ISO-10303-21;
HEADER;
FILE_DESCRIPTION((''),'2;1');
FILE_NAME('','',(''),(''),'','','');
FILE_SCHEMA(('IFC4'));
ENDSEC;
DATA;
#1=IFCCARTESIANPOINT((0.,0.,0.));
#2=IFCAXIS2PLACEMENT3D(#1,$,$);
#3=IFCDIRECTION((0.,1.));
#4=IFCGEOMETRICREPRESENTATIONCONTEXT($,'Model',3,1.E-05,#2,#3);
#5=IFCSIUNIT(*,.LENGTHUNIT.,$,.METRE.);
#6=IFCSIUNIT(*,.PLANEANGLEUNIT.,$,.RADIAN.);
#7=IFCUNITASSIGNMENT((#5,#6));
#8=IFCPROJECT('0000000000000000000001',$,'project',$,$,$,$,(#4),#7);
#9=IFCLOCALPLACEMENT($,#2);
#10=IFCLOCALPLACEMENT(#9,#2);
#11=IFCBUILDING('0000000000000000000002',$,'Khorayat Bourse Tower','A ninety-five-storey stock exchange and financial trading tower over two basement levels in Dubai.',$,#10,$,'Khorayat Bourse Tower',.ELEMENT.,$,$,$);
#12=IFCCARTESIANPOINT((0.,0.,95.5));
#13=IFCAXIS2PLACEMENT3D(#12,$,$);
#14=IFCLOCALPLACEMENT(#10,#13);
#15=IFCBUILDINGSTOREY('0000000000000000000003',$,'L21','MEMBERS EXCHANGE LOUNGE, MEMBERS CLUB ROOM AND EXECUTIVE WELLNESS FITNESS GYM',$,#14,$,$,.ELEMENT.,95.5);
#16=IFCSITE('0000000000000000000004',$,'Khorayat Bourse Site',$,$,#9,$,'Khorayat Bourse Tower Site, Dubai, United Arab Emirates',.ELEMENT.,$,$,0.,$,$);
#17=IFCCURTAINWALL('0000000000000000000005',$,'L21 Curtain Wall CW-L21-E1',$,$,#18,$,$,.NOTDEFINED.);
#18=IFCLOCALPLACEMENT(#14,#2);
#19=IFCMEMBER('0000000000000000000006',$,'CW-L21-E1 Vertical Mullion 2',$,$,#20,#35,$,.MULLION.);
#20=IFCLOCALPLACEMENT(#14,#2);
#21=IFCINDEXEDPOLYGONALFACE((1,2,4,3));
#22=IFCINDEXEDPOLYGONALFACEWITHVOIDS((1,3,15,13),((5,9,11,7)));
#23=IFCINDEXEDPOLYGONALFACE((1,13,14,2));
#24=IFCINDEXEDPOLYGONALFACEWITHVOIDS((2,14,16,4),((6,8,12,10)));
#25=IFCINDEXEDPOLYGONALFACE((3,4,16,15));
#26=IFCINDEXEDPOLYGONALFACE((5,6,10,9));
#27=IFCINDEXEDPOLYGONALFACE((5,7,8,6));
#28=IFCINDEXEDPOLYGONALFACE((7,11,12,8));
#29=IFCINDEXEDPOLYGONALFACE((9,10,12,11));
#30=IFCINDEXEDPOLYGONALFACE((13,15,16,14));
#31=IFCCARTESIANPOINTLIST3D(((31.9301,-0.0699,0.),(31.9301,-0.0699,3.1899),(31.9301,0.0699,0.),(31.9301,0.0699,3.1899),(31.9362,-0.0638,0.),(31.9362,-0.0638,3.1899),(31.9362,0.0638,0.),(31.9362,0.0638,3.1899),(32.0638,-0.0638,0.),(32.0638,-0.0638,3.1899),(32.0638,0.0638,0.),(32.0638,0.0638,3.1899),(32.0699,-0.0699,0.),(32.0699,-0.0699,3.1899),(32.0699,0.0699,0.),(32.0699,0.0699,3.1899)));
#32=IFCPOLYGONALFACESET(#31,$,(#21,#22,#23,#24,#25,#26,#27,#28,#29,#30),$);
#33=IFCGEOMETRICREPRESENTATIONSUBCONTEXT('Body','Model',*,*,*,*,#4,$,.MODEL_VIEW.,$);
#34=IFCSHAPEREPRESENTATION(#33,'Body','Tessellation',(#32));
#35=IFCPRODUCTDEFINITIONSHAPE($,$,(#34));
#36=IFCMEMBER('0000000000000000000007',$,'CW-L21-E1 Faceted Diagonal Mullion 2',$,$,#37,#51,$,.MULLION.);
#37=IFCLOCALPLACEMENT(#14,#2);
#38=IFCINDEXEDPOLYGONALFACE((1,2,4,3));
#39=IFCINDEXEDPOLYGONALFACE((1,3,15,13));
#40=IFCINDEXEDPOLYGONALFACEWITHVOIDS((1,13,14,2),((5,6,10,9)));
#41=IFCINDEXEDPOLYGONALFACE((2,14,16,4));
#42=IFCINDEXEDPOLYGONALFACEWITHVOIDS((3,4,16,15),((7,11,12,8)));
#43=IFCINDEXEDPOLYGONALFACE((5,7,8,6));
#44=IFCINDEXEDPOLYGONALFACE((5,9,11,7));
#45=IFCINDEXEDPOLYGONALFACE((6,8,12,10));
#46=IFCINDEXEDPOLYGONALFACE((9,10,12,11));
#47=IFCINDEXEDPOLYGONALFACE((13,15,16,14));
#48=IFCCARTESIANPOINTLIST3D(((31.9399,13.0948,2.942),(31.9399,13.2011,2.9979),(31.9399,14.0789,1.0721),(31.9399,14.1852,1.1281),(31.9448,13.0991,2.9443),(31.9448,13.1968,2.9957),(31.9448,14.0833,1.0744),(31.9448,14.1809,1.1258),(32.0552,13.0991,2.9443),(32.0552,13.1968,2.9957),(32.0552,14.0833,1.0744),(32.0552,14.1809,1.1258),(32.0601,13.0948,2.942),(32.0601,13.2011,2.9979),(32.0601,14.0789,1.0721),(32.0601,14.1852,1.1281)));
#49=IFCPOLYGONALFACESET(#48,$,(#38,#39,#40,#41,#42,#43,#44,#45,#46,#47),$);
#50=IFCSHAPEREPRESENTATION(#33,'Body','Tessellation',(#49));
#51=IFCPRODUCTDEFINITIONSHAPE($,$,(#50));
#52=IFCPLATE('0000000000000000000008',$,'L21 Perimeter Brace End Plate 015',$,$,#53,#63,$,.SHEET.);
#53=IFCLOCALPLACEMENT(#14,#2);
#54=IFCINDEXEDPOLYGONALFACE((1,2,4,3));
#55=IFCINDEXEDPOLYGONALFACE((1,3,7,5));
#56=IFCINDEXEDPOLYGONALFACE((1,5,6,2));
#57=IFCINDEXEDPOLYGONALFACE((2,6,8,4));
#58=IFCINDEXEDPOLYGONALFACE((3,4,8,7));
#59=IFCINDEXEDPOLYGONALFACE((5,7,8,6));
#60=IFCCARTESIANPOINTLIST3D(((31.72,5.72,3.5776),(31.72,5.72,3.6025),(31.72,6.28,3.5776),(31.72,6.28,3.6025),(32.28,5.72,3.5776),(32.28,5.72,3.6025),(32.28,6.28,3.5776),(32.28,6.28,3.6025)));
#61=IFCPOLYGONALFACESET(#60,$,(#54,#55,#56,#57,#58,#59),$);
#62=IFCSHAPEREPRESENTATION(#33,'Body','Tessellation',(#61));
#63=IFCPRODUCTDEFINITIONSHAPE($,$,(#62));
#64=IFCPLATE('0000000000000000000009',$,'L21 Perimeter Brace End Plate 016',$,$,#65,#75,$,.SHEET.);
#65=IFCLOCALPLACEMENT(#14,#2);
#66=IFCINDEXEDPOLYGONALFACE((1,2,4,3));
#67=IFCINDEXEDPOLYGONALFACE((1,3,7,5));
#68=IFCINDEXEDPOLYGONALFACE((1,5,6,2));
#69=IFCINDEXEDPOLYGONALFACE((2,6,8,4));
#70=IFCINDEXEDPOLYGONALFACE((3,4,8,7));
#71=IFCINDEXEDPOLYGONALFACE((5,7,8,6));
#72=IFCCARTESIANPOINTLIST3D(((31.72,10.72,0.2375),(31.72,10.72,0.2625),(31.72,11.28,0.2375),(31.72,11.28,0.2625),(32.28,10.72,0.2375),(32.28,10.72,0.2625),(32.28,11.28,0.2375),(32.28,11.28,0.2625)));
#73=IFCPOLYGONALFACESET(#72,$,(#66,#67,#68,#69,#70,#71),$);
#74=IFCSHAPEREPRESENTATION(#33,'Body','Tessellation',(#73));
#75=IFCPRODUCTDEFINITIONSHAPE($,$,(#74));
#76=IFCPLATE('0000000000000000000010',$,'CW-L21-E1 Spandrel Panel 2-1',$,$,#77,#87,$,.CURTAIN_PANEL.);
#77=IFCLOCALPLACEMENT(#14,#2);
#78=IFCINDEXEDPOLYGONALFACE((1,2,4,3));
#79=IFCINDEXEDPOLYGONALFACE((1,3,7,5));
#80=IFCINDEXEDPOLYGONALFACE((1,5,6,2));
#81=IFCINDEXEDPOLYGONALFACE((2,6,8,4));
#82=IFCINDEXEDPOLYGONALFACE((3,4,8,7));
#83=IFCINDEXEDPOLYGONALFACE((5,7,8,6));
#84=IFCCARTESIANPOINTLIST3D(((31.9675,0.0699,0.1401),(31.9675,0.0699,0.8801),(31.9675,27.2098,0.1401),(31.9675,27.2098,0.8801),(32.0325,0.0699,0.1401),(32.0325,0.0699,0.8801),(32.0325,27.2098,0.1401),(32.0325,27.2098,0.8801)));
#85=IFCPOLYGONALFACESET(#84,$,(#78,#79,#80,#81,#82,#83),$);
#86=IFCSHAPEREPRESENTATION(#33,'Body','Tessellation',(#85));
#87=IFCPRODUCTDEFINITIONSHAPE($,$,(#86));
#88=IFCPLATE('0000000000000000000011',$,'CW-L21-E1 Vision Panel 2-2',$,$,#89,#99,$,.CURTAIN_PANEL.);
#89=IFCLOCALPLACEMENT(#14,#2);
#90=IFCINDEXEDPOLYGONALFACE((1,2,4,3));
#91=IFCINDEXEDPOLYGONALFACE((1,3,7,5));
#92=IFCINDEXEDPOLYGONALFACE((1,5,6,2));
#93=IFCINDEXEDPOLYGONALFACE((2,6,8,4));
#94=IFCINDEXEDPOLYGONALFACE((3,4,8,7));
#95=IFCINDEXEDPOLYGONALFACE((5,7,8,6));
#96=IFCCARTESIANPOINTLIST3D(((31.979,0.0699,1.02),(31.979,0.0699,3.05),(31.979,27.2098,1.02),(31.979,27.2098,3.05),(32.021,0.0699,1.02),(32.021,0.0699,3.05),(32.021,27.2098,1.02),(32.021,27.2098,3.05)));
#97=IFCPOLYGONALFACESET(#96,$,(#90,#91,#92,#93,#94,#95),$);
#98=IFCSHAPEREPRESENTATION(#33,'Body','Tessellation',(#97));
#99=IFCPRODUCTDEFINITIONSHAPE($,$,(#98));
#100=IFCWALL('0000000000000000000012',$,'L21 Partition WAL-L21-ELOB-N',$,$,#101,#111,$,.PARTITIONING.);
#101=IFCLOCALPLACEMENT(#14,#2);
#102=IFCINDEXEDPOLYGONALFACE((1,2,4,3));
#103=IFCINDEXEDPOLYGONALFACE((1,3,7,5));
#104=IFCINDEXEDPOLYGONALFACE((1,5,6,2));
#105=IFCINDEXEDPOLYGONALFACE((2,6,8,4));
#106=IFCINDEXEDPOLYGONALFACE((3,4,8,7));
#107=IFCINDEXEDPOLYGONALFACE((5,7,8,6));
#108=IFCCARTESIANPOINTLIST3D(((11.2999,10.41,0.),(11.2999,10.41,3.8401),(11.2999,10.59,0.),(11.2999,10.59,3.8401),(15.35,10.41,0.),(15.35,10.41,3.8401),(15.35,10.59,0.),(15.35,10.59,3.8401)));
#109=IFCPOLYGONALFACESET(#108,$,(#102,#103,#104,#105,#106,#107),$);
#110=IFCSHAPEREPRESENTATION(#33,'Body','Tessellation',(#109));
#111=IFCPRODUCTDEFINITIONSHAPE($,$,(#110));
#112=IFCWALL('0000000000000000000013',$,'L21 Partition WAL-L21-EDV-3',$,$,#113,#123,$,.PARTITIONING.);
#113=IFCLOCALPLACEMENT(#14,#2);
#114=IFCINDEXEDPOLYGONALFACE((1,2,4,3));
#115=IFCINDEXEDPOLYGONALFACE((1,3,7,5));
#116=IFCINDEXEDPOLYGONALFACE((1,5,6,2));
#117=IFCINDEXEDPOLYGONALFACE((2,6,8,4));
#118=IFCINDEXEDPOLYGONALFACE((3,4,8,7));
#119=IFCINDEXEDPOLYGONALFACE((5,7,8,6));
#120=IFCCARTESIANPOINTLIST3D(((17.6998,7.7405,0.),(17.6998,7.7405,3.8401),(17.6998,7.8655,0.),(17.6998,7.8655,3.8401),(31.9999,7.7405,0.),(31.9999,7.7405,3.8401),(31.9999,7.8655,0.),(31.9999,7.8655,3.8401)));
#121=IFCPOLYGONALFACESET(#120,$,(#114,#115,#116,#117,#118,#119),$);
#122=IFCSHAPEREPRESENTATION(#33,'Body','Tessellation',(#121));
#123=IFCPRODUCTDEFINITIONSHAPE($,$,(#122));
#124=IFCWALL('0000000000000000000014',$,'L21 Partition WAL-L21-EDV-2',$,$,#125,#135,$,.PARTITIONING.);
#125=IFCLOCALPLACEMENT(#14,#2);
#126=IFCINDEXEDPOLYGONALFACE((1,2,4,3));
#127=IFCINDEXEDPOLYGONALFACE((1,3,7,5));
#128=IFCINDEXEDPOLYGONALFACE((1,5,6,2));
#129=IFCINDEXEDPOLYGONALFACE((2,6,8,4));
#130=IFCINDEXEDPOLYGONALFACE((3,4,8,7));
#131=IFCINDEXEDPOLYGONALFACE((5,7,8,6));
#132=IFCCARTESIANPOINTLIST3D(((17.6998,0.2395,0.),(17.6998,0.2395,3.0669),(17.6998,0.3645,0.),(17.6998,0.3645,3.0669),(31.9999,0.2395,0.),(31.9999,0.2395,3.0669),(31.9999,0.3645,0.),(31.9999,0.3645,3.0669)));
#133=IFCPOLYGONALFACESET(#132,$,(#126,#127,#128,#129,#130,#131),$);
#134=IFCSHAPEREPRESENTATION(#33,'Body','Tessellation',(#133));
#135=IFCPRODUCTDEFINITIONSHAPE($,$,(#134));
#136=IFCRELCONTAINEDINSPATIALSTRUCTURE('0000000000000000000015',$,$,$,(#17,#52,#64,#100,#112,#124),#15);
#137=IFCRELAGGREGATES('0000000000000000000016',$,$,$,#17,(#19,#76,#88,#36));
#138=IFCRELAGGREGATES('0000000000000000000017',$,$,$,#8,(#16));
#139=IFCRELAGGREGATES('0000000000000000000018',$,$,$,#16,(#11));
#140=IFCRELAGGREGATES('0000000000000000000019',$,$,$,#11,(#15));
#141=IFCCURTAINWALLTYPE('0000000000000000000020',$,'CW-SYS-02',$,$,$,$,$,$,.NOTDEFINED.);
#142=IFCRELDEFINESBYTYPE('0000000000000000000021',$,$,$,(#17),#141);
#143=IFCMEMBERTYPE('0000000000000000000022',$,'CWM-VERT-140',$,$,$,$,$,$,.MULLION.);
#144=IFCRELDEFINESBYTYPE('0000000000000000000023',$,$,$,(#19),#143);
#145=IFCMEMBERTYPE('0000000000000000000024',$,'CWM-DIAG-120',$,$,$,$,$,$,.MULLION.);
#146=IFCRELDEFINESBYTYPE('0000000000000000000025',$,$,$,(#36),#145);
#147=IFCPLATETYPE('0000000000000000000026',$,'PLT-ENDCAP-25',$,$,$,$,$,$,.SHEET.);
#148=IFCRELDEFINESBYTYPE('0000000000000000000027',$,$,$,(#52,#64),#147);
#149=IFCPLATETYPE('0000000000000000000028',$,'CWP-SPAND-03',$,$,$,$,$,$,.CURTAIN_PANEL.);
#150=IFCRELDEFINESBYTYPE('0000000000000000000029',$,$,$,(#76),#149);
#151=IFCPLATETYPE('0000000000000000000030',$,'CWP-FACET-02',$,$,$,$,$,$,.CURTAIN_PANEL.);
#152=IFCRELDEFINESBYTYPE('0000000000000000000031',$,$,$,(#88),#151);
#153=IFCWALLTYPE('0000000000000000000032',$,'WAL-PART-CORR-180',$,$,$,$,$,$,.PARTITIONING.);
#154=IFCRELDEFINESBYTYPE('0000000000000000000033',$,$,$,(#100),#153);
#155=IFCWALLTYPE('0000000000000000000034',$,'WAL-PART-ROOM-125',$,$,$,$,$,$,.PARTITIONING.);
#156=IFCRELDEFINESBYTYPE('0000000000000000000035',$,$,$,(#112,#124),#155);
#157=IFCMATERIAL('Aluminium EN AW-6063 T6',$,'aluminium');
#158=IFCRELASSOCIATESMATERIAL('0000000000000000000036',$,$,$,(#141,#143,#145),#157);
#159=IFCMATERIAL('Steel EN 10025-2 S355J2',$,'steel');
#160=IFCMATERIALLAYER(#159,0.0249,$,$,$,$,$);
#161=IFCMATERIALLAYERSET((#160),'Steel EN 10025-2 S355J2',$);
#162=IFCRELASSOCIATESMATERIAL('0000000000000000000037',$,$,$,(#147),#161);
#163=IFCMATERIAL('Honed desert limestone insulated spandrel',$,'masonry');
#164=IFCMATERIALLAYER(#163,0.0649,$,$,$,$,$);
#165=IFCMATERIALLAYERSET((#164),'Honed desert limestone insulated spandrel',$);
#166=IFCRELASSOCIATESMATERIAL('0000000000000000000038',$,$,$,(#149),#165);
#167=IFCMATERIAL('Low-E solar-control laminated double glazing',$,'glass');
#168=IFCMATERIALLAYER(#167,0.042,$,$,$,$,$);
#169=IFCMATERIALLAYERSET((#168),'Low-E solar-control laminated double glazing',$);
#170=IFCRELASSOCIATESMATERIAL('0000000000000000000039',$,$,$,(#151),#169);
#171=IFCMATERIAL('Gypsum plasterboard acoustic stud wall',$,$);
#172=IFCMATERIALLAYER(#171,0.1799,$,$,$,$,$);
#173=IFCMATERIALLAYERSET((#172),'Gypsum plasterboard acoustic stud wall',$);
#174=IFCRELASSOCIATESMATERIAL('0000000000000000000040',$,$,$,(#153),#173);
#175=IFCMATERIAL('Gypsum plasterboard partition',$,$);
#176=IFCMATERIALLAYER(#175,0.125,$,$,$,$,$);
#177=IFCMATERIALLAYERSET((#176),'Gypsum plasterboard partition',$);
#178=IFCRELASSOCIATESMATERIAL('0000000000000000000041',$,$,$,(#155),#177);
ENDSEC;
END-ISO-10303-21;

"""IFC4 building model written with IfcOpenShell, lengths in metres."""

from ifc_helpers import new_model, si_unit, direction, frame, frame_2d, origin, origin_2d, place, context, subcontext, project, spatial, rectangle, hollow_rectangle, extrude, source, transform, mapped, material, layer, layer_set, material_profile, profile_set, type_object, element, aggregate, save


model = new_model("IFC4")

# Units and contexts
model_context = context("Model", 3, precision=1e-05, world=origin(), true_north=direction((0.0, 1.0)))
body_context = subcontext(model_context, "Body", "Model", "MODEL_VIEW")
ifc_project = project(units=[si_unit("LENGTHUNIT", "METRE"), si_unit("PLANEANGLEUNIT", "RADIAN")], contexts=[model_context])

# Site, building, storey
site_placement = place(None, origin())
site = spatial("IfcSite", under=ifc_project, at=site_placement, Name="Khorayat Bourse Site", LongName="Khorayat Bourse Tower Site, Dubai, United Arab Emirates", CompositionType="ELEMENT", RefElevation=0.0)
building_placement = place(site_placement, origin())
building = spatial("IfcBuilding", under=site, at=building_placement, Name="Khorayat Bourse Tower", Description="A ninety-five-storey stock exchange and financial trading tower over two basement levels in Dubai.", LongName="Khorayat Bourse Tower", CompositionType="ELEMENT")
storey_placement = place(building_placement, frame((0.0, 0.0, 95.5)))
storey = spatial("IfcBuildingStorey", under=building, at=storey_placement, Name="L21", Description="MEMBERS EXCHANGE LOUNGE, MEMBERS CLUB ROOM AND EXECUTIVE WELLNESS FITNESS GYM", CompositionType="ELEMENT", Elevation=95.5)

# Curtain wall, members
ifc_material_1 = material(Name="Aluminium EN AW-6063 T6", Category="aluminium")
curtain_wall_type = type_object("IfcCurtainWallType", Name="CW-SYS-02", PredefinedType="NOTDEFINED", material=ifc_material_1)
curtain_wall_placement = place(storey_placement, origin())
curtain_wall = element("IfcCurtainWall", 1, at=curtain_wall_placement, inside=storey, type_object=curtain_wall_type, Name="L21 Curtain Wall CW-L21-E1", PredefinedType="NOTDEFINED")
ifc_material_profile_1 = material_profile(ifc_material_1, hollow_rectangle(XDim=0.1399, YDim=0.1399, WallThickness=0.0061, at=origin_2d()), Name="ALU 140x140x6")
ifc_profile_set_1 = profile_set([ifc_material_profile_1], Name="Aluminium EN AW-6063 T6")
member_type_1 = type_object("IfcMemberType", Name="CWM-VERT-140", PredefinedType="MULLION", material=ifc_profile_set_1)
shared_shape_1 = source(origin(), body_context, "Body", "SweptSolid", [
    extrude(hollow_rectangle(XDim=0.1399, YDim=0.1399, WallThickness=0.0061, at=origin_2d()), origin(), (0.0, 0.0, 1.0), 3.1899),
])
member_1_placement = place(storey_placement, frame((32.0, 0.0, 0.0), z_axis=(0.0, 0.0, 1.0), x_axis=(-1.0, 0.0, 0.0)))
member_1 = element("IfcMember", 2, at=member_1_placement, type_object=member_type_1, Name="CW-L21-E1 Vertical Mullion 2", PredefinedType="MULLION", context=body_context, shape_type="MappedRepresentation", body=[
    mapped(shared_shape_1, transform((0.0, 0.0, 0.0), scale=1.0)),
])
ifc_material_profile_2 = material_profile(ifc_material_1, hollow_rectangle(XDim=0.1201, YDim=0.1201, WallThickness=0.0049, at=origin_2d()), Name="ALU 120x120x5")
ifc_profile_set_2 = profile_set([ifc_material_profile_2], Name="Aluminium EN AW-6063 T6")
member_type_2 = type_object("IfcMemberType", Name="CWM-DIAG-120", PredefinedType="MULLION", material=ifc_profile_set_2)
shared_shape_2 = source(origin(), body_context, "Body", "SweptSolid", [
    extrude(hollow_rectangle(XDim=0.1201, YDim=0.1201, WallThickness=0.0049, at=origin_2d()), origin(), (0.0, 0.0, 1.0), 2.113),
])
member_2_placement = place(storey_placement, frame((32.0, 14.1321, 1.1001), z_axis=(0.0, -0.465742, 0.884921), x_axis=(1.0, 0.0, 0.0)))
member_2 = element("IfcMember", 3, at=member_2_placement, type_object=member_type_2, Name="CW-L21-E1 Faceted Diagonal Mullion 2", PredefinedType="MULLION", context=body_context, shape_type="MappedRepresentation", body=[
    mapped(shared_shape_2, transform((0.0, 0.0, 0.0), scale=1.0)),
])

# Plates
ifc_material_2 = material(Name="Steel EN 10025-2 S355J2", Category="steel")
ifc_layer_1 = layer(ifc_material_2, 0.0249)
ifc_layer_set_1 = layer_set([ifc_layer_1], Name="Steel EN 10025-2 S355J2")
plate_type_1 = type_object("IfcPlateType", Name="PLT-ENDCAP-25", PredefinedType="SHEET", material=ifc_layer_set_1)
shared_shape_3 = source(origin(), body_context, "Body", "SweptSolid", [
    extrude(rectangle(XDim=0.5601, YDim=0.5601, at=origin_2d()), origin(), (0.0, 0.0, 1.0), 0.0249),
])
for number, where, z_axis, x_axis, name in (
    (4, (32.0, 6.0, 3.5776), (0.0, 0.0, 1.0), (1.0, 0.0, 0.0), "L21 Perimeter Brace End Plate 015"),
    (5, (32.0, 11.0, 0.2375), (0.0, 0.0, 1.0), (1.0, 0.0, 0.0), "L21 Perimeter Brace End Plate 016"),
):
    element("IfcPlate", number, at=place(storey_placement, frame(where, z_axis=z_axis, x_axis=x_axis)), inside=storey, type_object=plate_type_1, Name=name, PredefinedType="SHEET", context=body_context, shape_type="MappedRepresentation", body=[
        mapped(shared_shape_3, transform((0.0, 0.0, 0.0), scale=1.0)),
    ])

# Plates
ifc_material_3 = material(Name="Honed desert limestone insulated spandrel", Category="masonry")
ifc_layer_2 = layer(ifc_material_3, 0.0649)
ifc_layer_set_2 = layer_set([ifc_layer_2], Name="Honed desert limestone insulated spandrel")
plate_type_2 = type_object("IfcPlateType", Name="CWP-SPAND-03", PredefinedType="CURTAIN_PANEL", material=ifc_layer_set_2)
shared_shape_4 = source(origin(), body_context, "Body", "SweptSolid", [
    extrude(rectangle(XDim=27.1399, YDim=0.0649, at=origin_2d()), origin(), (0.0, 0.0, 1.0), 0.74),
])
plate_1_placement = place(storey_placement, frame((32.0, 13.6399, 0.1401), z_axis=(0.0, 0.0, 1.0), x_axis=(0.0, 1.0, 0.0)))
plate_1 = element("IfcPlate", 6, at=plate_1_placement, type_object=plate_type_2, Name="CW-L21-E1 Spandrel Panel 2-1", PredefinedType="CURTAIN_PANEL", context=body_context, shape_type="MappedRepresentation", body=[
    mapped(shared_shape_4, transform((0.0, 0.0, 0.0), scale=1.0)),
])
ifc_material_4 = material(Name="Low-E solar-control laminated double glazing", Category="glass")
ifc_layer_3 = layer(ifc_material_4, 0.042)
ifc_layer_set_3 = layer_set([ifc_layer_3], Name="Low-E solar-control laminated double glazing")
plate_type_3 = type_object("IfcPlateType", Name="CWP-FACET-02", PredefinedType="CURTAIN_PANEL", material=ifc_layer_set_3)
shared_shape_5 = source(origin(), body_context, "Body", "SweptSolid", [
    extrude(rectangle(XDim=27.1399, YDim=0.042, at=origin_2d()), origin(), (0.0, 0.0, 1.0), 2.03),
])
plate_2_placement = place(storey_placement, frame((32.0, 13.6399, 1.02), z_axis=(0.0, 0.0, 1.0), x_axis=(0.0, 1.0, 0.0)))
plate_2 = element("IfcPlate", 7, at=plate_2_placement, type_object=plate_type_3, Name="CW-L21-E1 Vision Panel 2-2", PredefinedType="CURTAIN_PANEL", context=body_context, shape_type="MappedRepresentation", body=[
    mapped(shared_shape_5, transform((0.0, 0.0, 0.0), scale=1.0)),
])
aggregate(curtain_wall, [member_1, plate_1, plate_2, member_2])

# Walls
ifc_material_5 = material(Name="Gypsum plasterboard acoustic stud wall")
ifc_layer_4 = layer(ifc_material_5, 0.1799)
ifc_layer_set_4 = layer_set([ifc_layer_4], Name="Gypsum plasterboard acoustic stud wall")
wall_type_1 = type_object("IfcWallType", Name="WAL-PART-CORR-180", PredefinedType="PARTITIONING", material=ifc_layer_set_4)
shared_shape_6 = source(origin(), body_context, "Body", "SweptSolid", [
    extrude(rectangle(XDim=4.05, YDim=0.1799, at=frame_2d((2.0249, 0.0))), origin(), (0.0, 0.0, 1.0), 3.8401),
])
wall_1_placement = place(storey_placement, frame((11.3, 10.5, 0.0), z_axis=(0.0, 0.0, 1.0), x_axis=(1.0, 0.0, 0.0)))
element("IfcWall", 8, at=wall_1_placement, inside=storey, type_object=wall_type_1, Name="L21 Partition WAL-L21-ELOB-N", PredefinedType="PARTITIONING", context=body_context, shape_type="MappedRepresentation", body=[
    mapped(shared_shape_6, transform((0.0, 0.0, 0.0), scale=1.0)),
])
ifc_material_6 = material(Name="Gypsum plasterboard partition")
ifc_layer_5 = layer(ifc_material_6, 0.125)
ifc_layer_set_5 = layer_set([ifc_layer_5], Name="Gypsum plasterboard partition")
wall_type_2 = type_object("IfcWallType", Name="WAL-PART-ROOM-125", PredefinedType="PARTITIONING", material=ifc_layer_set_5)
shared_shape_7 = source(origin(), body_context, "Body", "SweptSolid", [
    extrude(rectangle(XDim=14.3, YDim=0.125, at=frame_2d((7.1499, 0.0))), origin(), (0.0, 0.0, 1.0), 3.8401),
])
wall_2_placement = place(storey_placement, frame((17.7, 7.803, 0.0), z_axis=(0.0, 0.0, 1.0), x_axis=(1.0, 0.0, 0.0)))
element("IfcWall", 9, at=wall_2_placement, inside=storey, type_object=wall_type_2, Name="L21 Partition WAL-L21-EDV-3", PredefinedType="PARTITIONING", context=body_context, shape_type="MappedRepresentation", body=[
    mapped(shared_shape_7, transform((0.0, 0.0, 0.0), scale=1.0)),
])
shared_shape_8 = source(origin(), body_context, "Body", "SweptSolid", [
    extrude(rectangle(XDim=14.3, YDim=0.125, at=frame_2d((7.1499, 0.0))), origin(), (0.0, 0.0, 1.0), 3.0669),
])
wall_3_placement = place(storey_placement, frame((17.7, 0.302, 0.0), z_axis=(0.0, 0.0, 1.0), x_axis=(1.0, 0.0, 0.0)))
element("IfcWall", 10, at=wall_3_placement, inside=storey, type_object=wall_type_2, Name="L21 Partition WAL-L21-EDV-2", PredefinedType="PARTITIONING", context=body_context, shape_type="MappedRepresentation", body=[
    mapped(shared_shape_8, transform((0.0, 0.0, 0.0), scale=1.0)),
])

save(model, "model.ifc")
